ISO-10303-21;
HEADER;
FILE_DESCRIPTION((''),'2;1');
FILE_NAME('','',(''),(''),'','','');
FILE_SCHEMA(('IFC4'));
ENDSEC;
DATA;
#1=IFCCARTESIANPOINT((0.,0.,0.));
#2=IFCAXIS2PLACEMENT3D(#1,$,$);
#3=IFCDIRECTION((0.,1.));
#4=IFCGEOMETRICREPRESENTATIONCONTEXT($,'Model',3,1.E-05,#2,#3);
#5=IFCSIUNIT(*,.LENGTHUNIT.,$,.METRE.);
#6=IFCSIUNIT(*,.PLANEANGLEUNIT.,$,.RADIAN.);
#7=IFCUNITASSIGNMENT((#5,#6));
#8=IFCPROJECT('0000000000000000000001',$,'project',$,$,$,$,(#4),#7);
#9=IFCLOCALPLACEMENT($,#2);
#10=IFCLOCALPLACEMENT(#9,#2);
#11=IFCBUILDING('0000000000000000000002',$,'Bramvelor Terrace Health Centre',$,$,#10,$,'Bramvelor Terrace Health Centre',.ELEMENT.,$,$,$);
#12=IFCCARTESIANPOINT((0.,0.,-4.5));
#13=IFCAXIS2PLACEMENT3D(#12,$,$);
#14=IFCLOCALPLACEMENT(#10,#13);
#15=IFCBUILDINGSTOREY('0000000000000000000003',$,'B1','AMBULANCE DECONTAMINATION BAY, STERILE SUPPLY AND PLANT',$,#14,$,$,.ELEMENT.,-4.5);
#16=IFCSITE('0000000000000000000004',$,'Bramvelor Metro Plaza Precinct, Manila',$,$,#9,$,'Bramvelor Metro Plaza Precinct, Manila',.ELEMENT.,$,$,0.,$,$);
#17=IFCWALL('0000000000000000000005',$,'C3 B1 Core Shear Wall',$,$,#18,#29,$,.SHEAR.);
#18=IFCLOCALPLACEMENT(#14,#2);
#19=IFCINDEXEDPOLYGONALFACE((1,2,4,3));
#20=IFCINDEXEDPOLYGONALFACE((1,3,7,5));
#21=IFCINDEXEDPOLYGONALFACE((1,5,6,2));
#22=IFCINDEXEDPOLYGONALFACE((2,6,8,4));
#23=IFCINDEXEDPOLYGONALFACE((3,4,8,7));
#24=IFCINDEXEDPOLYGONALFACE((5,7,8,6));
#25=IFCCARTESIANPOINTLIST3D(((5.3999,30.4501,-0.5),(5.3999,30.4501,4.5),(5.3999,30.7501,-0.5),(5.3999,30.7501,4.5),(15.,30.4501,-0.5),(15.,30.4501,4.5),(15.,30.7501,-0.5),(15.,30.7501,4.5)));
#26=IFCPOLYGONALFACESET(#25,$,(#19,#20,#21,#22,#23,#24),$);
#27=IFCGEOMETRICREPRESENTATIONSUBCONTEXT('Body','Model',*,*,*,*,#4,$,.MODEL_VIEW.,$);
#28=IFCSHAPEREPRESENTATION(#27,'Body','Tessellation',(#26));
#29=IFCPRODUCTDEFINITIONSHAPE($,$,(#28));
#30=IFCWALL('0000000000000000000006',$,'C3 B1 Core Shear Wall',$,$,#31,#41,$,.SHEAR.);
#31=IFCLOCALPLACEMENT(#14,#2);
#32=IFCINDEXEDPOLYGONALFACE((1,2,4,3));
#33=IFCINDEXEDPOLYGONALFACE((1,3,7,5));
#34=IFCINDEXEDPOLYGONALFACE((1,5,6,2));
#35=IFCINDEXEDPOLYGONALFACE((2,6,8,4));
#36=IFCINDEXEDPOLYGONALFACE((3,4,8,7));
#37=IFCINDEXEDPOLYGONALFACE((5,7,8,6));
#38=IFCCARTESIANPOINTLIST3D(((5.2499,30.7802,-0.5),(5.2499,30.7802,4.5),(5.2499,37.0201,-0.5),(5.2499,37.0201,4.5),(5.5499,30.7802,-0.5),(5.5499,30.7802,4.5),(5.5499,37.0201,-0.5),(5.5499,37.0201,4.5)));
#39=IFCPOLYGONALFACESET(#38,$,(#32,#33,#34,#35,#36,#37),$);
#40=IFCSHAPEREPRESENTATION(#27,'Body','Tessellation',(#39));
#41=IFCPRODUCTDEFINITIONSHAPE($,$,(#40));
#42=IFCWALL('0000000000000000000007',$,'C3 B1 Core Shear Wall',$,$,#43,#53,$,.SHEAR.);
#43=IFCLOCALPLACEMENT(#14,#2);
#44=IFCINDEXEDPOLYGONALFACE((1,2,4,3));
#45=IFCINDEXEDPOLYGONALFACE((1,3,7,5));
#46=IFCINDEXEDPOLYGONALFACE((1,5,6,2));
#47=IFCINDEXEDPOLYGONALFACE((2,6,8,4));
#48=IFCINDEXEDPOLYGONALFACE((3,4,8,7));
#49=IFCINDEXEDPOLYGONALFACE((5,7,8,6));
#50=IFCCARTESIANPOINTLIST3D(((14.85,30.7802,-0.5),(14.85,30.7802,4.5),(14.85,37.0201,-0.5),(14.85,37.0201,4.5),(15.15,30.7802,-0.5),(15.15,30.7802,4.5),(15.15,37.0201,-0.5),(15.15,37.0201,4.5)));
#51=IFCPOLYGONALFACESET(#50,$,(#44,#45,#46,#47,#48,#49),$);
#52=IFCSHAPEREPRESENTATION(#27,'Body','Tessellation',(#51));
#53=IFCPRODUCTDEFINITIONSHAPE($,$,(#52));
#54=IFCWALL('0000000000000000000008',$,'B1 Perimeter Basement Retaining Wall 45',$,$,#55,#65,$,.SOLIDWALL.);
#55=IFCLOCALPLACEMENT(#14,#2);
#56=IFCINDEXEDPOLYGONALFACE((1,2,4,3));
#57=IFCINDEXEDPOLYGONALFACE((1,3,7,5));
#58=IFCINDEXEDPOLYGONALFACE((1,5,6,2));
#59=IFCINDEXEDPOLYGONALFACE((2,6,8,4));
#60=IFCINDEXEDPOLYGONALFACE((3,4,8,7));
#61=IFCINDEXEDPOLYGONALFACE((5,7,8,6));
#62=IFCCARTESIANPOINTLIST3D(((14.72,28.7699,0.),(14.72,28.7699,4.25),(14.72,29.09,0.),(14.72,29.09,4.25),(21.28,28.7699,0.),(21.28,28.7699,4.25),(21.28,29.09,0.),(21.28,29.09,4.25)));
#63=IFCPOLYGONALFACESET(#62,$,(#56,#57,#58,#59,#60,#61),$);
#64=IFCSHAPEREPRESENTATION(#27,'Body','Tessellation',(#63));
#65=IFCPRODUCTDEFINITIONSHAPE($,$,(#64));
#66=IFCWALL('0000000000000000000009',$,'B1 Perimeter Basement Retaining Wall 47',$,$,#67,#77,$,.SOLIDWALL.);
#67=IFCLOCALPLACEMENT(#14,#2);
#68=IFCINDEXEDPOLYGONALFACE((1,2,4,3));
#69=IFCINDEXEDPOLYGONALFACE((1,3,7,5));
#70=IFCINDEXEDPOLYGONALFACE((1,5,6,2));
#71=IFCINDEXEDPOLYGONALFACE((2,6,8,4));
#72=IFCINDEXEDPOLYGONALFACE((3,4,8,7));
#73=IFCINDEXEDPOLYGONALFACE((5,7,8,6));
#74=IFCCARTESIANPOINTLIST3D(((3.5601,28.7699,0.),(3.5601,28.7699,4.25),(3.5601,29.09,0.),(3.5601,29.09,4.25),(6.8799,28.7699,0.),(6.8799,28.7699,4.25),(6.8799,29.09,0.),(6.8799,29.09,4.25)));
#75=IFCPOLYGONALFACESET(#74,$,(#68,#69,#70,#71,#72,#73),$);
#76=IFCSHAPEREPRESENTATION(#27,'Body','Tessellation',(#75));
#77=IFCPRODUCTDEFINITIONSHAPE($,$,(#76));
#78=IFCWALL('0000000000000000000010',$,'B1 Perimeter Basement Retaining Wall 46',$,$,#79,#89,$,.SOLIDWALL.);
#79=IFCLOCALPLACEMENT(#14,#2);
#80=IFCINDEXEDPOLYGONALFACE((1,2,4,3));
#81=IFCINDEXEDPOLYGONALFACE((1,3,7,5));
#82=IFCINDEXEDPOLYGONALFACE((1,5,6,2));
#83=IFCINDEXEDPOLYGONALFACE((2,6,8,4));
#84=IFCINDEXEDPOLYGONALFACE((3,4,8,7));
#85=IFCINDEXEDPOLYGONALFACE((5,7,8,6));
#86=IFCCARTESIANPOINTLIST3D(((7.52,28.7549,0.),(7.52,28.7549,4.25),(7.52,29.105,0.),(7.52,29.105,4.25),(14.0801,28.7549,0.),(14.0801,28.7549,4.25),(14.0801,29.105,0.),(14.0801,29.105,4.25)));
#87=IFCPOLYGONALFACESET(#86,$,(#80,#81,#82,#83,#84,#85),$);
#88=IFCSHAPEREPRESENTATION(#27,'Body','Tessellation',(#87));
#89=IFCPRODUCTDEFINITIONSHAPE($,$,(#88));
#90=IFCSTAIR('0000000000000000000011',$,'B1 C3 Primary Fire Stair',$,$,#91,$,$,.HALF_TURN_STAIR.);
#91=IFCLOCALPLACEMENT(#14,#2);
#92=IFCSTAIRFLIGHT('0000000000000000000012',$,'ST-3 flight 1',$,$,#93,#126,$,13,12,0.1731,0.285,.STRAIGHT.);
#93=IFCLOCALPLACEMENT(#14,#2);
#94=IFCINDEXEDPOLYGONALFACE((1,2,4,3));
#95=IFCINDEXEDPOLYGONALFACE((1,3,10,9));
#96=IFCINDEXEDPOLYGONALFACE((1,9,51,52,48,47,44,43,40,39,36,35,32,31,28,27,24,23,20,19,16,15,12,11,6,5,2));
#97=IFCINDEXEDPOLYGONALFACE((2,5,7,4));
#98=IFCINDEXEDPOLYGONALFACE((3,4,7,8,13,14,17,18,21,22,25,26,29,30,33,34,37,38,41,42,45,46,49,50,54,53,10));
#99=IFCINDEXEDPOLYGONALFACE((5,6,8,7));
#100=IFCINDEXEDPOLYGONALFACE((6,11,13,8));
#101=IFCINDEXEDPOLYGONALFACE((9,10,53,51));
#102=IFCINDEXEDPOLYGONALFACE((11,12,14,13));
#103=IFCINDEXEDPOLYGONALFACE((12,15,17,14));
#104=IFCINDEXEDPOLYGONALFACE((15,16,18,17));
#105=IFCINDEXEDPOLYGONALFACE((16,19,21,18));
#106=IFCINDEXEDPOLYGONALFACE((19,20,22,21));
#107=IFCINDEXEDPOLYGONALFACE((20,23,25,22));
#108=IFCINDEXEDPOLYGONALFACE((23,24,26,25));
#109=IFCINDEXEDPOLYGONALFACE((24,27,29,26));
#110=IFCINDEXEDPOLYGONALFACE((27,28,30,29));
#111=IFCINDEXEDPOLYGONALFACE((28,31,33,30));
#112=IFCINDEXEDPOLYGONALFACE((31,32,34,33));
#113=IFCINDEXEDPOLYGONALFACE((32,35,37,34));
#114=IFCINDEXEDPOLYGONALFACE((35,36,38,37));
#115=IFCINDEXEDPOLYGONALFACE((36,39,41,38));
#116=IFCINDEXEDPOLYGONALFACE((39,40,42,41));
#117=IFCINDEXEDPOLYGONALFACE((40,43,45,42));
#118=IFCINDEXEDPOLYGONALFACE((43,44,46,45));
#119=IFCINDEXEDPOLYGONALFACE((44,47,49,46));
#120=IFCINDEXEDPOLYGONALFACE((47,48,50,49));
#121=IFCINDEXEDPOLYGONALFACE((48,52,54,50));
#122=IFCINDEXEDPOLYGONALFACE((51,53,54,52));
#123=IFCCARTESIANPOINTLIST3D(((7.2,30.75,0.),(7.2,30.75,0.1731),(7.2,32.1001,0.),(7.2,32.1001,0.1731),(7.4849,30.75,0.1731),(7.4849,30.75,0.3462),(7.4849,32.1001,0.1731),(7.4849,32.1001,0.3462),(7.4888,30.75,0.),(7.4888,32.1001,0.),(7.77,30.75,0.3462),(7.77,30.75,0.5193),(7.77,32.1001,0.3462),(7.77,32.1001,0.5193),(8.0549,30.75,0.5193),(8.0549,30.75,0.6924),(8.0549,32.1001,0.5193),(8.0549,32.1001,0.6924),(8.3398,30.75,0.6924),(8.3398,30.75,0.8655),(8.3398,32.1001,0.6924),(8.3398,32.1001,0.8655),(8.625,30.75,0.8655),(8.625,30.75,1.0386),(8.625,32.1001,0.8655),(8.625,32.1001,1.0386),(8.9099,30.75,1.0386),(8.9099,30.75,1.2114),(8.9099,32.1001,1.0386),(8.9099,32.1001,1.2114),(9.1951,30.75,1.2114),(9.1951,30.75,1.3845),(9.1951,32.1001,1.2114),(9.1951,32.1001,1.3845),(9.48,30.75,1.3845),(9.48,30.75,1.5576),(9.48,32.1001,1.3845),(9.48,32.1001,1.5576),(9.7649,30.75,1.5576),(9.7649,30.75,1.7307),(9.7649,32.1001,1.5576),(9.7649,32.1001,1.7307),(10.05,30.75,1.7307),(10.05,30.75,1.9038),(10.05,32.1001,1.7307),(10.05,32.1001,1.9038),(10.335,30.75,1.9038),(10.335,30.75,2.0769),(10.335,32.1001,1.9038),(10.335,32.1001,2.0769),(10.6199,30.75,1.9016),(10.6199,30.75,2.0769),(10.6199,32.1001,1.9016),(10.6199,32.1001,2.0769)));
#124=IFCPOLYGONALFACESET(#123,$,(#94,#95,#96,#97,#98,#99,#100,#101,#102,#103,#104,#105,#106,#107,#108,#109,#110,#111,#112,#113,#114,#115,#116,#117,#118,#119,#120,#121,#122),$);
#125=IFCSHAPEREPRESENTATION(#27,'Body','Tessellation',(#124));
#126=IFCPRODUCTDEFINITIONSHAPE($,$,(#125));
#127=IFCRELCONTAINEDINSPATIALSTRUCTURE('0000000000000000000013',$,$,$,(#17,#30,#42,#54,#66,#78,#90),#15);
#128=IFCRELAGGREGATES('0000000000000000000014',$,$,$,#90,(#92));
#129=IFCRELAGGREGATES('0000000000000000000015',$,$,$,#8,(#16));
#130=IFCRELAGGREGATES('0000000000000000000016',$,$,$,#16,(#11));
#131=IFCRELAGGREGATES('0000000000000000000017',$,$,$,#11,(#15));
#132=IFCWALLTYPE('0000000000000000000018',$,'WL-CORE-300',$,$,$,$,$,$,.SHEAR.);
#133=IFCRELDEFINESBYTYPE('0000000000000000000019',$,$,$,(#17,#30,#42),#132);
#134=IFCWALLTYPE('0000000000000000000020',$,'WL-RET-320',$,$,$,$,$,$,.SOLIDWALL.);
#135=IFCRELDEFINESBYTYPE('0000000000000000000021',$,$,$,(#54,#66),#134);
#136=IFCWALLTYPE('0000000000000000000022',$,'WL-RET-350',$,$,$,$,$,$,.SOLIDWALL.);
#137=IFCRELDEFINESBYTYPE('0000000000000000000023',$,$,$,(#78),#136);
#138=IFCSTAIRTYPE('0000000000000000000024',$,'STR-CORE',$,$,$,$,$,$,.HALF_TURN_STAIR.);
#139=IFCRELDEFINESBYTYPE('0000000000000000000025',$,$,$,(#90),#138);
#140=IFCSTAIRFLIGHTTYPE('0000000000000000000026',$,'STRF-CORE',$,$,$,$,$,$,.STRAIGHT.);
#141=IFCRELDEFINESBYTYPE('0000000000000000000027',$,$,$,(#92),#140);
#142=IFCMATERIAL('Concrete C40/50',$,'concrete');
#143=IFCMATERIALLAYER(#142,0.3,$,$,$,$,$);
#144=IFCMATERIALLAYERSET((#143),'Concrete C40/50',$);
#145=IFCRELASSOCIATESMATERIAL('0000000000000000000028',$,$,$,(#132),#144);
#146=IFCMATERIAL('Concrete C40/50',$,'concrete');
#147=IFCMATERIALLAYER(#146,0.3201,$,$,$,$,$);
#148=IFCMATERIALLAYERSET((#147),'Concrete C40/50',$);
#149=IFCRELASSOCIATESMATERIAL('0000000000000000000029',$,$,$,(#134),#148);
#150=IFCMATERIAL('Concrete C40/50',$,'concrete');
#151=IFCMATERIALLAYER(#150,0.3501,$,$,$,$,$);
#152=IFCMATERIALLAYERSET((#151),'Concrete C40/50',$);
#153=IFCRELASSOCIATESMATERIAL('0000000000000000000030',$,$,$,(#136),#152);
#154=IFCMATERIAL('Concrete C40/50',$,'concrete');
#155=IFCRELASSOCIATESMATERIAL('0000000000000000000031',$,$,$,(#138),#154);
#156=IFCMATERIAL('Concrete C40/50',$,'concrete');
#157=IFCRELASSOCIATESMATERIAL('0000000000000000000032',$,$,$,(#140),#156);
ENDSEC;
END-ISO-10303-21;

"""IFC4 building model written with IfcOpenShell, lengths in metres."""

from ifc_helpers import new_model, si_unit, direction, frame, frame_2d, origin, place, context, subcontext, project, spatial, polyline, rectangle, outline, extrude, material, layer, layer_set, type_object, element, aggregate, save


model = new_model("IFC4")

# Units and contexts
model_context = context("Model", 3, precision=1e-05, world=origin(), true_north=direction((0.0, 1.0)))
body_context = subcontext(model_context, "Body", "Model", "MODEL_VIEW")
ifc_project = project(units=[si_unit("LENGTHUNIT", "METRE"), si_unit("PLANEANGLEUNIT", "RADIAN")], contexts=[model_context])

# Site, building, storey
site_placement = place(None, origin())
site = spatial("IfcSite", under=ifc_project, at=site_placement, Name="Bramvelor Metro Plaza Precinct, Manila", LongName="Bramvelor Metro Plaza Precinct, Manila", CompositionType="ELEMENT", RefElevation=0.0)
building_placement = place(site_placement, origin())
building = spatial("IfcBuilding", under=site, at=building_placement, Name="Bramvelor Terrace Health Centre", LongName="Bramvelor Terrace Health Centre", CompositionType="ELEMENT")
storey_placement = place(building_placement, frame((0.0, 0.0, -4.5)))
storey = spatial("IfcBuildingStorey", under=building, at=storey_placement, Name="B1", Description="AMBULANCE DECONTAMINATION BAY, STERILE SUPPLY AND PLANT", CompositionType="ELEMENT", Elevation=-4.5)

# Walls
ifc_material_1 = material(Name="Concrete C40/50", Category="concrete")
ifc_layer_1 = layer(ifc_material_1, 0.3)
ifc_layer_set_1 = layer_set([ifc_layer_1], Name="Concrete C40/50")
wall_type_1 = type_object("IfcWallType", Name="WL-CORE-300", PredefinedType="SHEAR", material=ifc_layer_set_1)
wall_1_placement = place(storey_placement, frame((5.3999, 30.6001, -0.5), z_axis=(0.0, 0.0, 1.0), x_axis=(1.0, 0.0, 0.0)))
element("IfcWall", 1, at=wall_1_placement, inside=storey, type_object=wall_type_1, Name="C3 B1 Core Shear Wall", PredefinedType="SHEAR", context=body_context, shape_type="SweptSolid", body=[
    extrude(rectangle(XDim=9.6001, YDim=0.3, at=frame_2d((4.8, 0.0))), origin(), (0.0, 0.0, 1.0), 5.0),
])
for number, where, z_axis, x_axis, name in (
    (2, (5.3999, 30.78, -0.5), (0.0, 0.0, 1.0), (0.0, 1.0, 0.0), "C3 B1 Core Shear Wall"),
    (3, (15.0, 30.78, -0.5), (0.0, 0.0, 1.0), (0.0, 1.0, 0.0), "C3 B1 Core Shear Wall"),
):
    element("IfcWall", number, at=place(storey_placement, frame(where, z_axis=z_axis, x_axis=x_axis)), inside=storey, type_object=wall_type_1, Name=name, PredefinedType="SHEAR", context=body_context, shape_type="SweptSolid", body=[
        extrude(rectangle(XDim=6.24, YDim=0.3, at=frame_2d((3.1201, 0.0))), origin(), (0.0, 0.0, 1.0), 5.0),
    ])
ifc_material_2 = material(Name="Concrete C40/50", Category="concrete")
ifc_layer_2 = layer(ifc_material_2, 0.3201)
ifc_layer_set_2 = layer_set([ifc_layer_2], Name="Concrete C40/50")
wall_type_2 = type_object("IfcWallType", Name="WL-RET-320", PredefinedType="SOLIDWALL", material=ifc_layer_set_2)
wall_2_placement = place(storey_placement, frame((21.28, 28.9299, 0.0), z_axis=(0.0, 0.0, 1.0), x_axis=(-1.0, 0.0, 0.0)))
element("IfcWall", 4, at=wall_2_placement, inside=storey, type_object=wall_type_2, Name="B1 Perimeter Basement Retaining Wall 45", PredefinedType="SOLIDWALL", context=body_context, shape_type="SweptSolid", body=[
    extrude(rectangle(XDim=6.5601, YDim=0.3201, at=frame_2d((3.28, 0.0))), origin(), (0.0, 0.0, 1.0), 4.25),
])
wall_3_placement = place(storey_placement, frame((6.8799, 28.9299, 0.0), z_axis=(0.0, 0.0, 1.0), x_axis=(-1.0, 0.0, 0.0)))
element("IfcWall", 5, at=wall_3_placement, inside=storey, type_object=wall_type_2, Name="B1 Perimeter Basement Retaining Wall 47", PredefinedType="SOLIDWALL", context=body_context, shape_type="SweptSolid", body=[
    extrude(rectangle(XDim=3.3198, YDim=0.3201, at=frame_2d((1.6599, 0.0))), origin(), (0.0, 0.0, 1.0), 4.25),
])
ifc_material_3 = material(Name="Concrete C40/50", Category="concrete")
ifc_layer_3 = layer(ifc_material_3, 0.3501)
ifc_layer_set_3 = layer_set([ifc_layer_3], Name="Concrete C40/50")
wall_type_3 = type_object("IfcWallType", Name="WL-RET-350", PredefinedType="SOLIDWALL", material=ifc_layer_set_3)
wall_4_placement = place(storey_placement, frame((14.0801, 28.9299, 0.0), z_axis=(0.0, 0.0, 1.0), x_axis=(-1.0, 0.0, 0.0)))
element("IfcWall", 6, at=wall_4_placement, inside=storey, type_object=wall_type_3, Name="B1 Perimeter Basement Retaining Wall 46", PredefinedType="SOLIDWALL", context=body_context, shape_type="SweptSolid", body=[
    extrude(rectangle(XDim=6.5601, YDim=0.3501, at=frame_2d((3.28, 0.0))), origin(), (0.0, 0.0, 1.0), 4.25),
])

# Stair, stair flight
ifc_material_4 = material(Name="Concrete C40/50", Category="concrete")
stair_type = type_object("IfcStairType", Name="STR-CORE", PredefinedType="HALF_TURN_STAIR", material=ifc_material_4)
stair_placement = place(storey_placement, origin())
stair = element("IfcStair", 7, at=stair_placement, inside=storey, type_object=stair_type, Name="B1 C3 Primary Fire Stair", PredefinedType="HALF_TURN_STAIR")
ifc_material_5 = material(Name="Concrete C40/50", Category="concrete")
stair_flight_type = type_object("IfcStairFlightType", Name="STRF-CORE", PredefinedType="STRAIGHT", material=ifc_material_5)
stair_flight_placement = place(storey_placement, frame((7.2, 31.425, 0.0), z_axis=(0.0, 0.0, 1.0), x_axis=(1.0, 0.0, 0.0)))
stair_flight = element("IfcStairFlight", 8, at=stair_flight_placement, type_object=stair_flight_type, Name="ST-3 flight 1", NumberOfRisers=13, NumberOfTreads=12, PredefinedType="STRAIGHT", RiserHeight=0.1731, TreadLength=0.285, context=body_context, shape_type="SweptSolid", body=[
    extrude(outline(polyline([(0.0, 0.0), (0.0, 0.1731), (0.2849, 0.1731), (0.2849, 0.3462), (0.5701, 0.3462), (0.5701, 0.5193), (0.855, 0.5193), (0.855, 0.6924), (1.1399, 0.6924), (1.1399, 0.8655), (1.425, 0.8655), (1.425, 1.0386), (1.71, 1.0386), (1.71, 1.2114), (1.9951, 1.2114), (1.9951, 1.3845), (2.28, 1.3845), (2.28, 1.5576), (2.5649, 1.5576), (2.5649, 1.7307), (2.8501, 1.7307), (2.8501, 1.9038), (3.135, 1.9038), (3.135, 2.0769), (3.4199, 2.0769), (3.4199, 2.25), (3.4199, 1.9016), (0.2888, 0.0), (0.0, 0.0)])), frame((0.0, 0.675, 0.0), z_axis=(0.0, -1.0, 0.0), x_axis=(1.0, 0.0, 0.0)), (0.0, 0.0, 1.0), 1.3501),
])
aggregate(stair, [stair_flight])

save(model, "model.ifc")
